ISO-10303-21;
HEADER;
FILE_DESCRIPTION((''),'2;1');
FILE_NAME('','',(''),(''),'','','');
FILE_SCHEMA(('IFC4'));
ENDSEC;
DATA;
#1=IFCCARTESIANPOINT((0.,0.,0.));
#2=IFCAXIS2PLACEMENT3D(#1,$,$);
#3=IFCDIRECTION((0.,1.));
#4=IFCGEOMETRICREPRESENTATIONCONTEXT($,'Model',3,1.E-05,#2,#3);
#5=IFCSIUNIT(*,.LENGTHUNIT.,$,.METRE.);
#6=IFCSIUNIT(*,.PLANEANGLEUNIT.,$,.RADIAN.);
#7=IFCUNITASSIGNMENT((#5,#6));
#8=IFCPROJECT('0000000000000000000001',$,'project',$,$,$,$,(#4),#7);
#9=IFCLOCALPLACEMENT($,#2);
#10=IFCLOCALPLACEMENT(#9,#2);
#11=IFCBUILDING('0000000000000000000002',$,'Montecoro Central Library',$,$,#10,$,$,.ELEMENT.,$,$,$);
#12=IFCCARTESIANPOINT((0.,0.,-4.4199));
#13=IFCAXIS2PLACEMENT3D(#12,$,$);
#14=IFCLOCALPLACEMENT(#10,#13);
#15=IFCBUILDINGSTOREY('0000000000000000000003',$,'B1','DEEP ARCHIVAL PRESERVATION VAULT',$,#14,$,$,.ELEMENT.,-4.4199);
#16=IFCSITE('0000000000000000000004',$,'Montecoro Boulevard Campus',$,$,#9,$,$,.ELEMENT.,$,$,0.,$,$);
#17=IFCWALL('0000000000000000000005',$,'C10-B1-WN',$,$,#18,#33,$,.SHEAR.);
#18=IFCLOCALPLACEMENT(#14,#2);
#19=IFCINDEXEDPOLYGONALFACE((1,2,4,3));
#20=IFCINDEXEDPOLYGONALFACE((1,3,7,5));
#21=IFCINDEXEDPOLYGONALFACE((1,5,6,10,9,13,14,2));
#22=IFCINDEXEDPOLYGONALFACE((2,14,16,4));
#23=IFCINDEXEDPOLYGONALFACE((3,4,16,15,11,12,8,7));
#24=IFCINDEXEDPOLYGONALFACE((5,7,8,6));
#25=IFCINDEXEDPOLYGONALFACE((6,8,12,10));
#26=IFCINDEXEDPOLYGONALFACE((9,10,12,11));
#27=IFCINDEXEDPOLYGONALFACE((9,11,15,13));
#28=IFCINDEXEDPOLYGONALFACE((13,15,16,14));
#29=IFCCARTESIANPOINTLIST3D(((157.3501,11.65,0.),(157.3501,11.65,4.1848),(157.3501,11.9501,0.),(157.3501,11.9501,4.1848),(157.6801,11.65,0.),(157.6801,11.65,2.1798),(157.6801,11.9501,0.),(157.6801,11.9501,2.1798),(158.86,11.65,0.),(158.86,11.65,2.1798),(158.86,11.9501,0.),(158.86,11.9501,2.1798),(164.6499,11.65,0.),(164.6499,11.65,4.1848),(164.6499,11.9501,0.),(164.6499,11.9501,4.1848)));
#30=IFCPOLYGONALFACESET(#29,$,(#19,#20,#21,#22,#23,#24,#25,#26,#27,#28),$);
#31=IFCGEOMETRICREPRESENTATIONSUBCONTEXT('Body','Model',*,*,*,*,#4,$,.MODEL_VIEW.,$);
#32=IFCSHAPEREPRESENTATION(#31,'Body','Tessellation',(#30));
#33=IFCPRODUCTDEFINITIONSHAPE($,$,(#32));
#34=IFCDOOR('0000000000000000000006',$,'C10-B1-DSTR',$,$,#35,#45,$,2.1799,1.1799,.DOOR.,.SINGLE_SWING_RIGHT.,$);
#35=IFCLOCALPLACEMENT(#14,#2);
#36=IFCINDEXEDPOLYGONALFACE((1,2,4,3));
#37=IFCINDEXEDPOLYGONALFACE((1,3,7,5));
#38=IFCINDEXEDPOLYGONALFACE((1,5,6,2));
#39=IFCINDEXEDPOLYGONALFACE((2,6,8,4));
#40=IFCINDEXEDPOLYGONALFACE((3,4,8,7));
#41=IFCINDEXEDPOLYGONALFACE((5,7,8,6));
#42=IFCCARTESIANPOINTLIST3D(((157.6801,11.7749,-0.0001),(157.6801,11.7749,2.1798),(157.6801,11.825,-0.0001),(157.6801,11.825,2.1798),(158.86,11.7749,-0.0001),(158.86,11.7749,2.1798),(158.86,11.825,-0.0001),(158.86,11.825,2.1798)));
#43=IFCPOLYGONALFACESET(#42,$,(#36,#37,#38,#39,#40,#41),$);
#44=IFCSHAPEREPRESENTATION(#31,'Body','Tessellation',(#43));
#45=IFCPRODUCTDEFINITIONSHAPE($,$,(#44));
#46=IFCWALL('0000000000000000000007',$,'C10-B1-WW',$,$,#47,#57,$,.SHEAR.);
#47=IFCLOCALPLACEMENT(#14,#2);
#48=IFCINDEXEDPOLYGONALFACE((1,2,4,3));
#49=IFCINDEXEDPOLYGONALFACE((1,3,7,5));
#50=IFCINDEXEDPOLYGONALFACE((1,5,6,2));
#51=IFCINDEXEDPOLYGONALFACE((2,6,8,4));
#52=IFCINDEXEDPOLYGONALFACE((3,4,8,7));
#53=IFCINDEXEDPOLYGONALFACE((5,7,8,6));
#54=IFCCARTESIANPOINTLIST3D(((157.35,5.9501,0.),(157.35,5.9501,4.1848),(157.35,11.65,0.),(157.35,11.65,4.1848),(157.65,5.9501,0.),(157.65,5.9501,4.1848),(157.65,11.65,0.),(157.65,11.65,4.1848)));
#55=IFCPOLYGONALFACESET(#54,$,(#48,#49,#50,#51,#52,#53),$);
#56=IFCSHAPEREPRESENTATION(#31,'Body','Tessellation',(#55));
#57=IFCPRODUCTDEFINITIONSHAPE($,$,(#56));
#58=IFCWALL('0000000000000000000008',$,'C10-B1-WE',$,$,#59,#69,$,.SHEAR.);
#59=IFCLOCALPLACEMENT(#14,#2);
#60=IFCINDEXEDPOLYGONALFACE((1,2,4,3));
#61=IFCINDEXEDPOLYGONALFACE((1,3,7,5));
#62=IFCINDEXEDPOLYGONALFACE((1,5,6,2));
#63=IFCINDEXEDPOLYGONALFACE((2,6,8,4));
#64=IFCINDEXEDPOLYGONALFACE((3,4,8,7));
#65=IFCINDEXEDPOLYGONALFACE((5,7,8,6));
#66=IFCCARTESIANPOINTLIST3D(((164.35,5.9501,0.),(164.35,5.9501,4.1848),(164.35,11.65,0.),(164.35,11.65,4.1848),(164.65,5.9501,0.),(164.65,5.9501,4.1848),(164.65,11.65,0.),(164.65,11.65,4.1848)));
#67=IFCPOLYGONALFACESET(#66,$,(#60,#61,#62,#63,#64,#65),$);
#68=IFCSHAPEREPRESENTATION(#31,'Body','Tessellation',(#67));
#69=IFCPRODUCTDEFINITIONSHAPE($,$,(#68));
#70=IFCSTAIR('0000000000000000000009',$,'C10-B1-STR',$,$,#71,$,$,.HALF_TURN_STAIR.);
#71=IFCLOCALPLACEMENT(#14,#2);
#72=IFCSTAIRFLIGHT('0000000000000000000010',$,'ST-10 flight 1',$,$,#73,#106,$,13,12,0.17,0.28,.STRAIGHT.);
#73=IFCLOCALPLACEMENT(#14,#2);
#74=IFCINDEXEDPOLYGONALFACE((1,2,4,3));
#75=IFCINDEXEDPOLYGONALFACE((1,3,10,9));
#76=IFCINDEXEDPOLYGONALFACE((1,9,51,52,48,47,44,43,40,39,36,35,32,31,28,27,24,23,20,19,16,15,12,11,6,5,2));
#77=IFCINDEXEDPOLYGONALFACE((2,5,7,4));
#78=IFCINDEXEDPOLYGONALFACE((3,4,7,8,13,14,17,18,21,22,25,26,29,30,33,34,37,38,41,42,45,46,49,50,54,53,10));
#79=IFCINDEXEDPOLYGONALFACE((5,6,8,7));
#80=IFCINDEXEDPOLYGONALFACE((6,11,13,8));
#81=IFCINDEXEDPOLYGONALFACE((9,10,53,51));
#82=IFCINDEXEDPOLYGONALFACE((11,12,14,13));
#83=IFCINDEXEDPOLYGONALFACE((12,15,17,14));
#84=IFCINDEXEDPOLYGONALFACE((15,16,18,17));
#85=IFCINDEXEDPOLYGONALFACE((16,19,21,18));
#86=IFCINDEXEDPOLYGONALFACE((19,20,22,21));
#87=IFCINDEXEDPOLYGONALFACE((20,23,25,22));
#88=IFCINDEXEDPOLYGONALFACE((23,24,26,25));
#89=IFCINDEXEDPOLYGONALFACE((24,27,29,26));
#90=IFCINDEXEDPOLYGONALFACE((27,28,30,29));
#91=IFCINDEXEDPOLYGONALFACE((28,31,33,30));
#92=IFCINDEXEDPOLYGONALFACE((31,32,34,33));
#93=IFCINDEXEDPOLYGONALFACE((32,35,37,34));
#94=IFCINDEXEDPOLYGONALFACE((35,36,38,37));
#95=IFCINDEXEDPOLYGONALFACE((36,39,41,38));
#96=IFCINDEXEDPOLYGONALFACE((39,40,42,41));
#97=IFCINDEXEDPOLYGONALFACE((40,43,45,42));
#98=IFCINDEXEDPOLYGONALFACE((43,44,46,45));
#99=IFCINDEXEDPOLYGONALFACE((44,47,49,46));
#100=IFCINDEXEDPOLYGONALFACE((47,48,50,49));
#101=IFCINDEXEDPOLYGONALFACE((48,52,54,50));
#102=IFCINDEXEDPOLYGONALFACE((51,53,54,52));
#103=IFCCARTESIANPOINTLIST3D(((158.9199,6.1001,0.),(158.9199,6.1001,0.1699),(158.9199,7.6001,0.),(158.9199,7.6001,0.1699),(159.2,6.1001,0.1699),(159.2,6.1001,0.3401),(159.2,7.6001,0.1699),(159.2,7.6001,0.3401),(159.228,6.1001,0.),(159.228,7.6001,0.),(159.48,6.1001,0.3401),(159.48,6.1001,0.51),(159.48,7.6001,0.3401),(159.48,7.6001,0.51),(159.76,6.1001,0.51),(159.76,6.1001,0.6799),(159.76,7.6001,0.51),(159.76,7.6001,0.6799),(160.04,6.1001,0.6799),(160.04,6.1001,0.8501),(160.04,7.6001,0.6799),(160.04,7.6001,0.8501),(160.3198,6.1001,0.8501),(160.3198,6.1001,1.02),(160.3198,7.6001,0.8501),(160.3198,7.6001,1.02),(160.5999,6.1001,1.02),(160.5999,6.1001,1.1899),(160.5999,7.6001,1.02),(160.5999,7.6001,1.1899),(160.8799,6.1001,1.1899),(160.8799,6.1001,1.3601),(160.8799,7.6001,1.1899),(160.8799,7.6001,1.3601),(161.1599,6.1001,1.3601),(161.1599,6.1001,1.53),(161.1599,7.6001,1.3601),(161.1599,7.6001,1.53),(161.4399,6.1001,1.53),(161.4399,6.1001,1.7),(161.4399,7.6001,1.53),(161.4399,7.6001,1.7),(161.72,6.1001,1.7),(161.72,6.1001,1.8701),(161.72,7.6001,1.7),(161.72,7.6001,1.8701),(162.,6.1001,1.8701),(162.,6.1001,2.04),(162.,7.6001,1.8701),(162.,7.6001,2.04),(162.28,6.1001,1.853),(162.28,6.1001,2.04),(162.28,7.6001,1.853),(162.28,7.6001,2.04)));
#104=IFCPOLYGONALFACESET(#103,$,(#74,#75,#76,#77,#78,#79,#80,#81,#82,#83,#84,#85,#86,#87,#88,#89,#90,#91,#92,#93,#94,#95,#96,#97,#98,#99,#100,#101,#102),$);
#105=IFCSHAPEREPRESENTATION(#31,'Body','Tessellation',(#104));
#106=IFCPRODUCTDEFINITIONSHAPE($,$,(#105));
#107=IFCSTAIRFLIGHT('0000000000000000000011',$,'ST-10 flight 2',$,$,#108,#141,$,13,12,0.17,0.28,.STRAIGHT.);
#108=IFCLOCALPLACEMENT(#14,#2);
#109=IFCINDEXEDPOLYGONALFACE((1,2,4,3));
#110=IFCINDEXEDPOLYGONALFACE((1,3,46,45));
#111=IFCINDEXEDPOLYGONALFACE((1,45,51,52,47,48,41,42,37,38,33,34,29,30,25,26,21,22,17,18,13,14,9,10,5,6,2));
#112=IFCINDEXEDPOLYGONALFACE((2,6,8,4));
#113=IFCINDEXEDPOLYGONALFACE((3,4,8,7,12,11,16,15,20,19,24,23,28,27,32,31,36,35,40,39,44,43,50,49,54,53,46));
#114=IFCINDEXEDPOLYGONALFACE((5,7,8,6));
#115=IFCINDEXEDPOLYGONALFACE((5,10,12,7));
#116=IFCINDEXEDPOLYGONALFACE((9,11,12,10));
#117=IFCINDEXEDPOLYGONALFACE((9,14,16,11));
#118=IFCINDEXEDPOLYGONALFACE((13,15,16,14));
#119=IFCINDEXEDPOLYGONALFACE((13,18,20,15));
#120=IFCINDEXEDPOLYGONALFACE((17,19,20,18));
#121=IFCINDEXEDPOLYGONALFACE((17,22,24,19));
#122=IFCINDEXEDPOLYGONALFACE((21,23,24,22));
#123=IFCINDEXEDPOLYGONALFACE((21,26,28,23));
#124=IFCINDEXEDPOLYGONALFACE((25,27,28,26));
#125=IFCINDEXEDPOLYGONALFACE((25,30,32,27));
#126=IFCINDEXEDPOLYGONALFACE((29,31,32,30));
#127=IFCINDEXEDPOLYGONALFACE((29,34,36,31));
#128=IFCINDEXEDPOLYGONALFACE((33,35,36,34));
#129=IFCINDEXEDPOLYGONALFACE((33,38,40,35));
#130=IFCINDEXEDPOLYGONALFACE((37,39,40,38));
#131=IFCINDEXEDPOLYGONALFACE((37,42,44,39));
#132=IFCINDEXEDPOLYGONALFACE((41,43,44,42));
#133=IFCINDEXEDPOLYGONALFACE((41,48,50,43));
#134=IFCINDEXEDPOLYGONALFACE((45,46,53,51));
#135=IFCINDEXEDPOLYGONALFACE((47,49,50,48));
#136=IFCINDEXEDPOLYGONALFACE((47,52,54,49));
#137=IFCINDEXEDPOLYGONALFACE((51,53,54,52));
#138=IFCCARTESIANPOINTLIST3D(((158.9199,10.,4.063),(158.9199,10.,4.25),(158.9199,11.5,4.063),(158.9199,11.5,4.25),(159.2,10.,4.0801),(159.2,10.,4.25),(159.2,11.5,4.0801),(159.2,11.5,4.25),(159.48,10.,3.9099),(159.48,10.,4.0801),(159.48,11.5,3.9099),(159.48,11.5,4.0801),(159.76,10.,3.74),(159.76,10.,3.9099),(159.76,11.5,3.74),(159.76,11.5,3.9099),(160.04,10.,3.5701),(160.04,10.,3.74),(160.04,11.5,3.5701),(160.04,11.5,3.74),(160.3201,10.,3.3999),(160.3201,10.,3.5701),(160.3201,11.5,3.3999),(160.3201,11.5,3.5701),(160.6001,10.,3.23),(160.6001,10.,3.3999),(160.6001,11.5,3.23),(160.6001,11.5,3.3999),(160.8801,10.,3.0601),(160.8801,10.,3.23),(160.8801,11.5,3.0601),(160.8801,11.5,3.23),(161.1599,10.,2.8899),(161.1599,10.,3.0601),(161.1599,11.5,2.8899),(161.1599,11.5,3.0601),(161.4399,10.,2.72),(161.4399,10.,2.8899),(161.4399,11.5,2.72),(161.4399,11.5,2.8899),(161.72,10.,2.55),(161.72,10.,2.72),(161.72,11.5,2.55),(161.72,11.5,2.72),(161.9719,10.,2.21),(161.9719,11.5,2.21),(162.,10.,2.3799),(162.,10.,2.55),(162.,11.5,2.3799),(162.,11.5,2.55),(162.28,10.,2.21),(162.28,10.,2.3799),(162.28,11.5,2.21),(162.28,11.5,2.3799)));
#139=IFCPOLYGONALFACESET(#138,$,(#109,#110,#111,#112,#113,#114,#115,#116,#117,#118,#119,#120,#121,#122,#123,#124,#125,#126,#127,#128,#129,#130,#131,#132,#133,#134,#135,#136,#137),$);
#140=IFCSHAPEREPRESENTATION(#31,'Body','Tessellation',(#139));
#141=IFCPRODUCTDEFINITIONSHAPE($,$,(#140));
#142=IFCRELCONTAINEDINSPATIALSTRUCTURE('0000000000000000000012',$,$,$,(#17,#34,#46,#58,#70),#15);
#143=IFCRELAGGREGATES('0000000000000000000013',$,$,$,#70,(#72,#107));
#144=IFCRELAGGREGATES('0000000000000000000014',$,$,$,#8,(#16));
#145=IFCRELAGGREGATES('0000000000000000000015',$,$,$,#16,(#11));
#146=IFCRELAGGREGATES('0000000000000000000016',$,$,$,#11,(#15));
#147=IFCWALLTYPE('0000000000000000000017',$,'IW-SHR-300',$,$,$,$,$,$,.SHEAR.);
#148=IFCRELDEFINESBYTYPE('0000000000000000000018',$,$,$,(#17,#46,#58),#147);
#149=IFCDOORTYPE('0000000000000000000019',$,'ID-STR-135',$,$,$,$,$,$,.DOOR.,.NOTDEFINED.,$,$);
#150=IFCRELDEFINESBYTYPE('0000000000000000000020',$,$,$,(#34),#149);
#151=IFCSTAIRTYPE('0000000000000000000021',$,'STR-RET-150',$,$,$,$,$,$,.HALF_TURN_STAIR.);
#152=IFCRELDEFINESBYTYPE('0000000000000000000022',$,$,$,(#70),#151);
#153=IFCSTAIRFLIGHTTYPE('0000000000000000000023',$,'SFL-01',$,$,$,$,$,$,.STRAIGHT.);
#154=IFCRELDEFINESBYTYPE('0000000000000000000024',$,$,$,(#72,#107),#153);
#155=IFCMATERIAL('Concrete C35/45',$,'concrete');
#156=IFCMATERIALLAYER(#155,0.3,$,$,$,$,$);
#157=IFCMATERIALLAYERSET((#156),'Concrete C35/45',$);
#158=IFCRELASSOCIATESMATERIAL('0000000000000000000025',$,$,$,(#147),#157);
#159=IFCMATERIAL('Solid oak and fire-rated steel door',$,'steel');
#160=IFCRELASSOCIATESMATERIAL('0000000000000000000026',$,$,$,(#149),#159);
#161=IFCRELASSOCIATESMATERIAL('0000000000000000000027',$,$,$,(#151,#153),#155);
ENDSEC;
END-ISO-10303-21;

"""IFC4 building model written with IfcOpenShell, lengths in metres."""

from ifc_helpers import new_model, si_unit, direction, frame, frame_2d, origin, place, context, subcontext, project, spatial, polyline, rectangle, outline, extrude, material, layer, layer_set, type_object, element, fill, aggregate, save


model = new_model("IFC4")

# Units and contexts
model_context = context("Model", 3, precision=1e-05, world=origin(), true_north=direction((0.0, 1.0)))
body_context = subcontext(model_context, "Body", "Model", "MODEL_VIEW")
ifc_project = project(units=[si_unit("LENGTHUNIT", "METRE"), si_unit("PLANEANGLEUNIT", "RADIAN")], contexts=[model_context])

# Site, building, storey
site_placement = place(None, origin())
site = spatial("IfcSite", under=ifc_project, at=site_placement, Name="Montecoro Boulevard Campus", CompositionType="ELEMENT", RefElevation=0.0)
building_placement = place(site_placement, origin())
building = spatial("IfcBuilding", under=site, at=building_placement, Name="Montecoro Central Library", CompositionType="ELEMENT")
storey_placement = place(building_placement, frame((0.0, 0.0, -4.4199)))
storey = spatial("IfcBuildingStorey", under=building, at=storey_placement, Name="B1", Description="DEEP ARCHIVAL PRESERVATION VAULT", CompositionType="ELEMENT", Elevation=-4.4199)

# Shared definitions
ifc_material_1 = material(Name="Concrete C35/45", Category="concrete")

# Shared definitions
ifc_layer_1 = layer(ifc_material_1, 0.3)
ifc_layer_set_1 = layer_set([ifc_layer_1], Name="Concrete C35/45")
wall_type_1 = type_object("IfcWallType", Name="IW-SHR-300", PredefinedType="SHEAR", material=ifc_layer_set_1)

# Wall, opening, door
wall_1_placement = place(storey_placement, frame((157.3501, 11.8, 0.0), z_axis=(0.0, 0.0, 1.0), x_axis=(1.0, 0.0, 0.0)))
wall_1 = element("IfcWall", 1, at=wall_1_placement, inside=storey, type_object=wall_type_1, Name="C10-B1-WN", PredefinedType="SHEAR", context=body_context, shape_type="SweptSolid", body=[
    extrude(rectangle(XDim=7.2998, YDim=0.3, at=frame_2d((3.6499, 0.0))), origin(), (0.0, 0.0, 1.0), 4.1848),
])
opening_placement = place(wall_1_placement, frame((0.3301, 0.0, 0.0)))
opening = element("IfcOpeningElement", 2, at=opening_placement, cuts=wall_1, PredefinedType="OPENING", context=body_context, shape_type="SweptSolid", body=[
    extrude(rectangle(XDim=1.1799, YDim=2.1799, at=frame_2d((0.5898, 1.0898))), frame((0.0, 0.1599, 0.0), z_axis=(0.0, -1.0, 0.0), x_axis=(1.0, 0.0, 0.0)), (0.0, 0.0, 1.0), 0.3201),
])
ifc_material_2 = material(Name="Solid oak and fire-rated steel door", Category="steel")
door_type = type_object("IfcDoorType", Name="ID-STR-135", OperationType="NOTDEFINED", PredefinedType="DOOR", material=ifc_material_2)
door_placement = place(opening_placement, origin())
door = element("IfcDoor", 3, at=door_placement, inside=storey, type_object=door_type, Name="C10-B1-DSTR", OperationType="SINGLE_SWING_RIGHT", OverallHeight=2.1799, OverallWidth=1.1799, PredefinedType="DOOR", context=body_context, shape_type="SweptSolid", body=[
    extrude(rectangle(XDim=1.1799, YDim=2.1799, at=frame_2d((0.5898, 1.0898))), frame((0.0, 0.0249, 0.0), z_axis=(0.0, -1.0, 0.0), x_axis=(1.0, 0.0, 0.0)), (0.0, 0.0, 1.0), 0.05),
])
fill(opening, door)

# Walls
for number, where, z_axis, x_axis, name in (
    (4, (157.5, 5.95, 0.0), (0.0, 0.0, 1.0), (0.0, 1.0, 0.0), "C10-B1-WW"),
    (5, (164.5, 5.95, 0.0), (0.0, 0.0, 1.0), (0.0, 1.0, 0.0), "C10-B1-WE"),
):
    element("IfcWall", number, at=place(storey_placement, frame(where, z_axis=z_axis, x_axis=x_axis)), inside=storey, type_object=wall_type_1, Name=name, PredefinedType="SHEAR", context=body_context, shape_type="SweptSolid", body=[
        extrude(rectangle(XDim=5.7, YDim=0.3, at=frame_2d((2.8501, 0.0))), origin(), (0.0, 0.0, 1.0), 4.1848),
    ])

# Stair, stair flights
stair_type = type_object("IfcStairType", Name="STR-RET-150", PredefinedType="HALF_TURN_STAIR", material=ifc_material_1)
stair_placement = place(storey_placement, origin())
stair = element("IfcStair", 6, at=stair_placement, inside=storey, type_object=stair_type, Name="C10-B1-STR", PredefinedType="HALF_TURN_STAIR")
stair_flight_type = type_object("IfcStairFlightType", Name="SFL-01", PredefinedType="STRAIGHT", material=ifc_material_1)
stair_flight_1_placement = place(storey_placement, frame((158.9199, 6.8501, 0.0), z_axis=(0.0, 0.0, 1.0), x_axis=(1.0, 0.0, 0.0)))
stair_flight_1 = element("IfcStairFlight", 7, at=stair_flight_1_placement, type_object=stair_flight_type, Name="ST-10 flight 1", NumberOfRisers=13, NumberOfTreads=12, PredefinedType="STRAIGHT", RiserHeight=0.17, TreadLength=0.28, context=body_context, shape_type="SweptSolid", body=[
    extrude(outline(polyline([(0.0, 0.0), (0.0, 0.1699), (0.28, 0.1699), (0.28, 0.3401), (0.5601, 0.3401), (0.5601, 0.51), (0.8401, 0.51), (0.8401, 0.6799), (1.1201, 0.6799), (1.1201, 0.8501), (1.3999, 0.8501), (1.3999, 1.02), (1.6799, 1.02), (1.6799, 1.1899), (1.96, 1.1899), (1.96, 1.3601), (2.24, 1.3601), (2.24, 1.53), (2.52, 1.53), (2.52, 1.7), (2.8, 1.7), (2.8, 1.8701), (3.0801, 1.8701), (3.0801, 2.04), (3.3601, 2.04), (3.3601, 2.21), (3.3601, 1.853), (0.3081, 0.0), (0.0, 0.0)])), frame((0.0, 0.75, 0.0), z_axis=(0.0, -1.0, 0.0), x_axis=(1.0, 0.0, 0.0)), (0.0, 0.0, 1.0), 1.5),
])
stair_flight_2_placement = place(storey_placement, frame((162.28, 10.75, 2.21), z_axis=(0.0, 0.0, 1.0), x_axis=(-1.0, 0.0, 0.0)))
stair_flight_2 = element("IfcStairFlight", 8, at=stair_flight_2_placement, type_object=stair_flight_type, Name="ST-10 flight 2", NumberOfRisers=13, NumberOfTreads=12, PredefinedType="STRAIGHT", RiserHeight=0.17, TreadLength=0.28, context=body_context, shape_type="SweptSolid", body=[
    extrude(outline(polyline([(0.0, 0.0), (0.0, 0.1699), (0.28, 0.1699), (0.28, 0.3401), (0.5601, 0.3401), (0.5601, 0.51), (0.8401, 0.51), (0.8401, 0.6799), (1.1201, 0.6799), (1.1201, 0.8501), (1.3999, 0.8501), (1.3999, 1.02), (1.6799, 1.02), (1.6799, 1.1899), (1.96, 1.1899), (1.96, 1.3601), (2.24, 1.3601), (2.24, 1.53), (2.52, 1.53), (2.52, 1.7), (2.8, 1.7), (2.8, 1.8701), (3.0801, 1.8701), (3.0801, 2.04), (3.3601, 2.04), (3.3601, 2.21), (3.3601, 1.853), (0.3081, 0.0), (0.0, 0.0)])), frame((0.0, 0.75, 0.0), z_axis=(0.0, -1.0, 0.0), x_axis=(1.0, 0.0, 0.0)), (0.0, 0.0, 1.0), 1.5),
])
aggregate(stair, [stair_flight_1, stair_flight_2])

save(model, "model.ifc")
